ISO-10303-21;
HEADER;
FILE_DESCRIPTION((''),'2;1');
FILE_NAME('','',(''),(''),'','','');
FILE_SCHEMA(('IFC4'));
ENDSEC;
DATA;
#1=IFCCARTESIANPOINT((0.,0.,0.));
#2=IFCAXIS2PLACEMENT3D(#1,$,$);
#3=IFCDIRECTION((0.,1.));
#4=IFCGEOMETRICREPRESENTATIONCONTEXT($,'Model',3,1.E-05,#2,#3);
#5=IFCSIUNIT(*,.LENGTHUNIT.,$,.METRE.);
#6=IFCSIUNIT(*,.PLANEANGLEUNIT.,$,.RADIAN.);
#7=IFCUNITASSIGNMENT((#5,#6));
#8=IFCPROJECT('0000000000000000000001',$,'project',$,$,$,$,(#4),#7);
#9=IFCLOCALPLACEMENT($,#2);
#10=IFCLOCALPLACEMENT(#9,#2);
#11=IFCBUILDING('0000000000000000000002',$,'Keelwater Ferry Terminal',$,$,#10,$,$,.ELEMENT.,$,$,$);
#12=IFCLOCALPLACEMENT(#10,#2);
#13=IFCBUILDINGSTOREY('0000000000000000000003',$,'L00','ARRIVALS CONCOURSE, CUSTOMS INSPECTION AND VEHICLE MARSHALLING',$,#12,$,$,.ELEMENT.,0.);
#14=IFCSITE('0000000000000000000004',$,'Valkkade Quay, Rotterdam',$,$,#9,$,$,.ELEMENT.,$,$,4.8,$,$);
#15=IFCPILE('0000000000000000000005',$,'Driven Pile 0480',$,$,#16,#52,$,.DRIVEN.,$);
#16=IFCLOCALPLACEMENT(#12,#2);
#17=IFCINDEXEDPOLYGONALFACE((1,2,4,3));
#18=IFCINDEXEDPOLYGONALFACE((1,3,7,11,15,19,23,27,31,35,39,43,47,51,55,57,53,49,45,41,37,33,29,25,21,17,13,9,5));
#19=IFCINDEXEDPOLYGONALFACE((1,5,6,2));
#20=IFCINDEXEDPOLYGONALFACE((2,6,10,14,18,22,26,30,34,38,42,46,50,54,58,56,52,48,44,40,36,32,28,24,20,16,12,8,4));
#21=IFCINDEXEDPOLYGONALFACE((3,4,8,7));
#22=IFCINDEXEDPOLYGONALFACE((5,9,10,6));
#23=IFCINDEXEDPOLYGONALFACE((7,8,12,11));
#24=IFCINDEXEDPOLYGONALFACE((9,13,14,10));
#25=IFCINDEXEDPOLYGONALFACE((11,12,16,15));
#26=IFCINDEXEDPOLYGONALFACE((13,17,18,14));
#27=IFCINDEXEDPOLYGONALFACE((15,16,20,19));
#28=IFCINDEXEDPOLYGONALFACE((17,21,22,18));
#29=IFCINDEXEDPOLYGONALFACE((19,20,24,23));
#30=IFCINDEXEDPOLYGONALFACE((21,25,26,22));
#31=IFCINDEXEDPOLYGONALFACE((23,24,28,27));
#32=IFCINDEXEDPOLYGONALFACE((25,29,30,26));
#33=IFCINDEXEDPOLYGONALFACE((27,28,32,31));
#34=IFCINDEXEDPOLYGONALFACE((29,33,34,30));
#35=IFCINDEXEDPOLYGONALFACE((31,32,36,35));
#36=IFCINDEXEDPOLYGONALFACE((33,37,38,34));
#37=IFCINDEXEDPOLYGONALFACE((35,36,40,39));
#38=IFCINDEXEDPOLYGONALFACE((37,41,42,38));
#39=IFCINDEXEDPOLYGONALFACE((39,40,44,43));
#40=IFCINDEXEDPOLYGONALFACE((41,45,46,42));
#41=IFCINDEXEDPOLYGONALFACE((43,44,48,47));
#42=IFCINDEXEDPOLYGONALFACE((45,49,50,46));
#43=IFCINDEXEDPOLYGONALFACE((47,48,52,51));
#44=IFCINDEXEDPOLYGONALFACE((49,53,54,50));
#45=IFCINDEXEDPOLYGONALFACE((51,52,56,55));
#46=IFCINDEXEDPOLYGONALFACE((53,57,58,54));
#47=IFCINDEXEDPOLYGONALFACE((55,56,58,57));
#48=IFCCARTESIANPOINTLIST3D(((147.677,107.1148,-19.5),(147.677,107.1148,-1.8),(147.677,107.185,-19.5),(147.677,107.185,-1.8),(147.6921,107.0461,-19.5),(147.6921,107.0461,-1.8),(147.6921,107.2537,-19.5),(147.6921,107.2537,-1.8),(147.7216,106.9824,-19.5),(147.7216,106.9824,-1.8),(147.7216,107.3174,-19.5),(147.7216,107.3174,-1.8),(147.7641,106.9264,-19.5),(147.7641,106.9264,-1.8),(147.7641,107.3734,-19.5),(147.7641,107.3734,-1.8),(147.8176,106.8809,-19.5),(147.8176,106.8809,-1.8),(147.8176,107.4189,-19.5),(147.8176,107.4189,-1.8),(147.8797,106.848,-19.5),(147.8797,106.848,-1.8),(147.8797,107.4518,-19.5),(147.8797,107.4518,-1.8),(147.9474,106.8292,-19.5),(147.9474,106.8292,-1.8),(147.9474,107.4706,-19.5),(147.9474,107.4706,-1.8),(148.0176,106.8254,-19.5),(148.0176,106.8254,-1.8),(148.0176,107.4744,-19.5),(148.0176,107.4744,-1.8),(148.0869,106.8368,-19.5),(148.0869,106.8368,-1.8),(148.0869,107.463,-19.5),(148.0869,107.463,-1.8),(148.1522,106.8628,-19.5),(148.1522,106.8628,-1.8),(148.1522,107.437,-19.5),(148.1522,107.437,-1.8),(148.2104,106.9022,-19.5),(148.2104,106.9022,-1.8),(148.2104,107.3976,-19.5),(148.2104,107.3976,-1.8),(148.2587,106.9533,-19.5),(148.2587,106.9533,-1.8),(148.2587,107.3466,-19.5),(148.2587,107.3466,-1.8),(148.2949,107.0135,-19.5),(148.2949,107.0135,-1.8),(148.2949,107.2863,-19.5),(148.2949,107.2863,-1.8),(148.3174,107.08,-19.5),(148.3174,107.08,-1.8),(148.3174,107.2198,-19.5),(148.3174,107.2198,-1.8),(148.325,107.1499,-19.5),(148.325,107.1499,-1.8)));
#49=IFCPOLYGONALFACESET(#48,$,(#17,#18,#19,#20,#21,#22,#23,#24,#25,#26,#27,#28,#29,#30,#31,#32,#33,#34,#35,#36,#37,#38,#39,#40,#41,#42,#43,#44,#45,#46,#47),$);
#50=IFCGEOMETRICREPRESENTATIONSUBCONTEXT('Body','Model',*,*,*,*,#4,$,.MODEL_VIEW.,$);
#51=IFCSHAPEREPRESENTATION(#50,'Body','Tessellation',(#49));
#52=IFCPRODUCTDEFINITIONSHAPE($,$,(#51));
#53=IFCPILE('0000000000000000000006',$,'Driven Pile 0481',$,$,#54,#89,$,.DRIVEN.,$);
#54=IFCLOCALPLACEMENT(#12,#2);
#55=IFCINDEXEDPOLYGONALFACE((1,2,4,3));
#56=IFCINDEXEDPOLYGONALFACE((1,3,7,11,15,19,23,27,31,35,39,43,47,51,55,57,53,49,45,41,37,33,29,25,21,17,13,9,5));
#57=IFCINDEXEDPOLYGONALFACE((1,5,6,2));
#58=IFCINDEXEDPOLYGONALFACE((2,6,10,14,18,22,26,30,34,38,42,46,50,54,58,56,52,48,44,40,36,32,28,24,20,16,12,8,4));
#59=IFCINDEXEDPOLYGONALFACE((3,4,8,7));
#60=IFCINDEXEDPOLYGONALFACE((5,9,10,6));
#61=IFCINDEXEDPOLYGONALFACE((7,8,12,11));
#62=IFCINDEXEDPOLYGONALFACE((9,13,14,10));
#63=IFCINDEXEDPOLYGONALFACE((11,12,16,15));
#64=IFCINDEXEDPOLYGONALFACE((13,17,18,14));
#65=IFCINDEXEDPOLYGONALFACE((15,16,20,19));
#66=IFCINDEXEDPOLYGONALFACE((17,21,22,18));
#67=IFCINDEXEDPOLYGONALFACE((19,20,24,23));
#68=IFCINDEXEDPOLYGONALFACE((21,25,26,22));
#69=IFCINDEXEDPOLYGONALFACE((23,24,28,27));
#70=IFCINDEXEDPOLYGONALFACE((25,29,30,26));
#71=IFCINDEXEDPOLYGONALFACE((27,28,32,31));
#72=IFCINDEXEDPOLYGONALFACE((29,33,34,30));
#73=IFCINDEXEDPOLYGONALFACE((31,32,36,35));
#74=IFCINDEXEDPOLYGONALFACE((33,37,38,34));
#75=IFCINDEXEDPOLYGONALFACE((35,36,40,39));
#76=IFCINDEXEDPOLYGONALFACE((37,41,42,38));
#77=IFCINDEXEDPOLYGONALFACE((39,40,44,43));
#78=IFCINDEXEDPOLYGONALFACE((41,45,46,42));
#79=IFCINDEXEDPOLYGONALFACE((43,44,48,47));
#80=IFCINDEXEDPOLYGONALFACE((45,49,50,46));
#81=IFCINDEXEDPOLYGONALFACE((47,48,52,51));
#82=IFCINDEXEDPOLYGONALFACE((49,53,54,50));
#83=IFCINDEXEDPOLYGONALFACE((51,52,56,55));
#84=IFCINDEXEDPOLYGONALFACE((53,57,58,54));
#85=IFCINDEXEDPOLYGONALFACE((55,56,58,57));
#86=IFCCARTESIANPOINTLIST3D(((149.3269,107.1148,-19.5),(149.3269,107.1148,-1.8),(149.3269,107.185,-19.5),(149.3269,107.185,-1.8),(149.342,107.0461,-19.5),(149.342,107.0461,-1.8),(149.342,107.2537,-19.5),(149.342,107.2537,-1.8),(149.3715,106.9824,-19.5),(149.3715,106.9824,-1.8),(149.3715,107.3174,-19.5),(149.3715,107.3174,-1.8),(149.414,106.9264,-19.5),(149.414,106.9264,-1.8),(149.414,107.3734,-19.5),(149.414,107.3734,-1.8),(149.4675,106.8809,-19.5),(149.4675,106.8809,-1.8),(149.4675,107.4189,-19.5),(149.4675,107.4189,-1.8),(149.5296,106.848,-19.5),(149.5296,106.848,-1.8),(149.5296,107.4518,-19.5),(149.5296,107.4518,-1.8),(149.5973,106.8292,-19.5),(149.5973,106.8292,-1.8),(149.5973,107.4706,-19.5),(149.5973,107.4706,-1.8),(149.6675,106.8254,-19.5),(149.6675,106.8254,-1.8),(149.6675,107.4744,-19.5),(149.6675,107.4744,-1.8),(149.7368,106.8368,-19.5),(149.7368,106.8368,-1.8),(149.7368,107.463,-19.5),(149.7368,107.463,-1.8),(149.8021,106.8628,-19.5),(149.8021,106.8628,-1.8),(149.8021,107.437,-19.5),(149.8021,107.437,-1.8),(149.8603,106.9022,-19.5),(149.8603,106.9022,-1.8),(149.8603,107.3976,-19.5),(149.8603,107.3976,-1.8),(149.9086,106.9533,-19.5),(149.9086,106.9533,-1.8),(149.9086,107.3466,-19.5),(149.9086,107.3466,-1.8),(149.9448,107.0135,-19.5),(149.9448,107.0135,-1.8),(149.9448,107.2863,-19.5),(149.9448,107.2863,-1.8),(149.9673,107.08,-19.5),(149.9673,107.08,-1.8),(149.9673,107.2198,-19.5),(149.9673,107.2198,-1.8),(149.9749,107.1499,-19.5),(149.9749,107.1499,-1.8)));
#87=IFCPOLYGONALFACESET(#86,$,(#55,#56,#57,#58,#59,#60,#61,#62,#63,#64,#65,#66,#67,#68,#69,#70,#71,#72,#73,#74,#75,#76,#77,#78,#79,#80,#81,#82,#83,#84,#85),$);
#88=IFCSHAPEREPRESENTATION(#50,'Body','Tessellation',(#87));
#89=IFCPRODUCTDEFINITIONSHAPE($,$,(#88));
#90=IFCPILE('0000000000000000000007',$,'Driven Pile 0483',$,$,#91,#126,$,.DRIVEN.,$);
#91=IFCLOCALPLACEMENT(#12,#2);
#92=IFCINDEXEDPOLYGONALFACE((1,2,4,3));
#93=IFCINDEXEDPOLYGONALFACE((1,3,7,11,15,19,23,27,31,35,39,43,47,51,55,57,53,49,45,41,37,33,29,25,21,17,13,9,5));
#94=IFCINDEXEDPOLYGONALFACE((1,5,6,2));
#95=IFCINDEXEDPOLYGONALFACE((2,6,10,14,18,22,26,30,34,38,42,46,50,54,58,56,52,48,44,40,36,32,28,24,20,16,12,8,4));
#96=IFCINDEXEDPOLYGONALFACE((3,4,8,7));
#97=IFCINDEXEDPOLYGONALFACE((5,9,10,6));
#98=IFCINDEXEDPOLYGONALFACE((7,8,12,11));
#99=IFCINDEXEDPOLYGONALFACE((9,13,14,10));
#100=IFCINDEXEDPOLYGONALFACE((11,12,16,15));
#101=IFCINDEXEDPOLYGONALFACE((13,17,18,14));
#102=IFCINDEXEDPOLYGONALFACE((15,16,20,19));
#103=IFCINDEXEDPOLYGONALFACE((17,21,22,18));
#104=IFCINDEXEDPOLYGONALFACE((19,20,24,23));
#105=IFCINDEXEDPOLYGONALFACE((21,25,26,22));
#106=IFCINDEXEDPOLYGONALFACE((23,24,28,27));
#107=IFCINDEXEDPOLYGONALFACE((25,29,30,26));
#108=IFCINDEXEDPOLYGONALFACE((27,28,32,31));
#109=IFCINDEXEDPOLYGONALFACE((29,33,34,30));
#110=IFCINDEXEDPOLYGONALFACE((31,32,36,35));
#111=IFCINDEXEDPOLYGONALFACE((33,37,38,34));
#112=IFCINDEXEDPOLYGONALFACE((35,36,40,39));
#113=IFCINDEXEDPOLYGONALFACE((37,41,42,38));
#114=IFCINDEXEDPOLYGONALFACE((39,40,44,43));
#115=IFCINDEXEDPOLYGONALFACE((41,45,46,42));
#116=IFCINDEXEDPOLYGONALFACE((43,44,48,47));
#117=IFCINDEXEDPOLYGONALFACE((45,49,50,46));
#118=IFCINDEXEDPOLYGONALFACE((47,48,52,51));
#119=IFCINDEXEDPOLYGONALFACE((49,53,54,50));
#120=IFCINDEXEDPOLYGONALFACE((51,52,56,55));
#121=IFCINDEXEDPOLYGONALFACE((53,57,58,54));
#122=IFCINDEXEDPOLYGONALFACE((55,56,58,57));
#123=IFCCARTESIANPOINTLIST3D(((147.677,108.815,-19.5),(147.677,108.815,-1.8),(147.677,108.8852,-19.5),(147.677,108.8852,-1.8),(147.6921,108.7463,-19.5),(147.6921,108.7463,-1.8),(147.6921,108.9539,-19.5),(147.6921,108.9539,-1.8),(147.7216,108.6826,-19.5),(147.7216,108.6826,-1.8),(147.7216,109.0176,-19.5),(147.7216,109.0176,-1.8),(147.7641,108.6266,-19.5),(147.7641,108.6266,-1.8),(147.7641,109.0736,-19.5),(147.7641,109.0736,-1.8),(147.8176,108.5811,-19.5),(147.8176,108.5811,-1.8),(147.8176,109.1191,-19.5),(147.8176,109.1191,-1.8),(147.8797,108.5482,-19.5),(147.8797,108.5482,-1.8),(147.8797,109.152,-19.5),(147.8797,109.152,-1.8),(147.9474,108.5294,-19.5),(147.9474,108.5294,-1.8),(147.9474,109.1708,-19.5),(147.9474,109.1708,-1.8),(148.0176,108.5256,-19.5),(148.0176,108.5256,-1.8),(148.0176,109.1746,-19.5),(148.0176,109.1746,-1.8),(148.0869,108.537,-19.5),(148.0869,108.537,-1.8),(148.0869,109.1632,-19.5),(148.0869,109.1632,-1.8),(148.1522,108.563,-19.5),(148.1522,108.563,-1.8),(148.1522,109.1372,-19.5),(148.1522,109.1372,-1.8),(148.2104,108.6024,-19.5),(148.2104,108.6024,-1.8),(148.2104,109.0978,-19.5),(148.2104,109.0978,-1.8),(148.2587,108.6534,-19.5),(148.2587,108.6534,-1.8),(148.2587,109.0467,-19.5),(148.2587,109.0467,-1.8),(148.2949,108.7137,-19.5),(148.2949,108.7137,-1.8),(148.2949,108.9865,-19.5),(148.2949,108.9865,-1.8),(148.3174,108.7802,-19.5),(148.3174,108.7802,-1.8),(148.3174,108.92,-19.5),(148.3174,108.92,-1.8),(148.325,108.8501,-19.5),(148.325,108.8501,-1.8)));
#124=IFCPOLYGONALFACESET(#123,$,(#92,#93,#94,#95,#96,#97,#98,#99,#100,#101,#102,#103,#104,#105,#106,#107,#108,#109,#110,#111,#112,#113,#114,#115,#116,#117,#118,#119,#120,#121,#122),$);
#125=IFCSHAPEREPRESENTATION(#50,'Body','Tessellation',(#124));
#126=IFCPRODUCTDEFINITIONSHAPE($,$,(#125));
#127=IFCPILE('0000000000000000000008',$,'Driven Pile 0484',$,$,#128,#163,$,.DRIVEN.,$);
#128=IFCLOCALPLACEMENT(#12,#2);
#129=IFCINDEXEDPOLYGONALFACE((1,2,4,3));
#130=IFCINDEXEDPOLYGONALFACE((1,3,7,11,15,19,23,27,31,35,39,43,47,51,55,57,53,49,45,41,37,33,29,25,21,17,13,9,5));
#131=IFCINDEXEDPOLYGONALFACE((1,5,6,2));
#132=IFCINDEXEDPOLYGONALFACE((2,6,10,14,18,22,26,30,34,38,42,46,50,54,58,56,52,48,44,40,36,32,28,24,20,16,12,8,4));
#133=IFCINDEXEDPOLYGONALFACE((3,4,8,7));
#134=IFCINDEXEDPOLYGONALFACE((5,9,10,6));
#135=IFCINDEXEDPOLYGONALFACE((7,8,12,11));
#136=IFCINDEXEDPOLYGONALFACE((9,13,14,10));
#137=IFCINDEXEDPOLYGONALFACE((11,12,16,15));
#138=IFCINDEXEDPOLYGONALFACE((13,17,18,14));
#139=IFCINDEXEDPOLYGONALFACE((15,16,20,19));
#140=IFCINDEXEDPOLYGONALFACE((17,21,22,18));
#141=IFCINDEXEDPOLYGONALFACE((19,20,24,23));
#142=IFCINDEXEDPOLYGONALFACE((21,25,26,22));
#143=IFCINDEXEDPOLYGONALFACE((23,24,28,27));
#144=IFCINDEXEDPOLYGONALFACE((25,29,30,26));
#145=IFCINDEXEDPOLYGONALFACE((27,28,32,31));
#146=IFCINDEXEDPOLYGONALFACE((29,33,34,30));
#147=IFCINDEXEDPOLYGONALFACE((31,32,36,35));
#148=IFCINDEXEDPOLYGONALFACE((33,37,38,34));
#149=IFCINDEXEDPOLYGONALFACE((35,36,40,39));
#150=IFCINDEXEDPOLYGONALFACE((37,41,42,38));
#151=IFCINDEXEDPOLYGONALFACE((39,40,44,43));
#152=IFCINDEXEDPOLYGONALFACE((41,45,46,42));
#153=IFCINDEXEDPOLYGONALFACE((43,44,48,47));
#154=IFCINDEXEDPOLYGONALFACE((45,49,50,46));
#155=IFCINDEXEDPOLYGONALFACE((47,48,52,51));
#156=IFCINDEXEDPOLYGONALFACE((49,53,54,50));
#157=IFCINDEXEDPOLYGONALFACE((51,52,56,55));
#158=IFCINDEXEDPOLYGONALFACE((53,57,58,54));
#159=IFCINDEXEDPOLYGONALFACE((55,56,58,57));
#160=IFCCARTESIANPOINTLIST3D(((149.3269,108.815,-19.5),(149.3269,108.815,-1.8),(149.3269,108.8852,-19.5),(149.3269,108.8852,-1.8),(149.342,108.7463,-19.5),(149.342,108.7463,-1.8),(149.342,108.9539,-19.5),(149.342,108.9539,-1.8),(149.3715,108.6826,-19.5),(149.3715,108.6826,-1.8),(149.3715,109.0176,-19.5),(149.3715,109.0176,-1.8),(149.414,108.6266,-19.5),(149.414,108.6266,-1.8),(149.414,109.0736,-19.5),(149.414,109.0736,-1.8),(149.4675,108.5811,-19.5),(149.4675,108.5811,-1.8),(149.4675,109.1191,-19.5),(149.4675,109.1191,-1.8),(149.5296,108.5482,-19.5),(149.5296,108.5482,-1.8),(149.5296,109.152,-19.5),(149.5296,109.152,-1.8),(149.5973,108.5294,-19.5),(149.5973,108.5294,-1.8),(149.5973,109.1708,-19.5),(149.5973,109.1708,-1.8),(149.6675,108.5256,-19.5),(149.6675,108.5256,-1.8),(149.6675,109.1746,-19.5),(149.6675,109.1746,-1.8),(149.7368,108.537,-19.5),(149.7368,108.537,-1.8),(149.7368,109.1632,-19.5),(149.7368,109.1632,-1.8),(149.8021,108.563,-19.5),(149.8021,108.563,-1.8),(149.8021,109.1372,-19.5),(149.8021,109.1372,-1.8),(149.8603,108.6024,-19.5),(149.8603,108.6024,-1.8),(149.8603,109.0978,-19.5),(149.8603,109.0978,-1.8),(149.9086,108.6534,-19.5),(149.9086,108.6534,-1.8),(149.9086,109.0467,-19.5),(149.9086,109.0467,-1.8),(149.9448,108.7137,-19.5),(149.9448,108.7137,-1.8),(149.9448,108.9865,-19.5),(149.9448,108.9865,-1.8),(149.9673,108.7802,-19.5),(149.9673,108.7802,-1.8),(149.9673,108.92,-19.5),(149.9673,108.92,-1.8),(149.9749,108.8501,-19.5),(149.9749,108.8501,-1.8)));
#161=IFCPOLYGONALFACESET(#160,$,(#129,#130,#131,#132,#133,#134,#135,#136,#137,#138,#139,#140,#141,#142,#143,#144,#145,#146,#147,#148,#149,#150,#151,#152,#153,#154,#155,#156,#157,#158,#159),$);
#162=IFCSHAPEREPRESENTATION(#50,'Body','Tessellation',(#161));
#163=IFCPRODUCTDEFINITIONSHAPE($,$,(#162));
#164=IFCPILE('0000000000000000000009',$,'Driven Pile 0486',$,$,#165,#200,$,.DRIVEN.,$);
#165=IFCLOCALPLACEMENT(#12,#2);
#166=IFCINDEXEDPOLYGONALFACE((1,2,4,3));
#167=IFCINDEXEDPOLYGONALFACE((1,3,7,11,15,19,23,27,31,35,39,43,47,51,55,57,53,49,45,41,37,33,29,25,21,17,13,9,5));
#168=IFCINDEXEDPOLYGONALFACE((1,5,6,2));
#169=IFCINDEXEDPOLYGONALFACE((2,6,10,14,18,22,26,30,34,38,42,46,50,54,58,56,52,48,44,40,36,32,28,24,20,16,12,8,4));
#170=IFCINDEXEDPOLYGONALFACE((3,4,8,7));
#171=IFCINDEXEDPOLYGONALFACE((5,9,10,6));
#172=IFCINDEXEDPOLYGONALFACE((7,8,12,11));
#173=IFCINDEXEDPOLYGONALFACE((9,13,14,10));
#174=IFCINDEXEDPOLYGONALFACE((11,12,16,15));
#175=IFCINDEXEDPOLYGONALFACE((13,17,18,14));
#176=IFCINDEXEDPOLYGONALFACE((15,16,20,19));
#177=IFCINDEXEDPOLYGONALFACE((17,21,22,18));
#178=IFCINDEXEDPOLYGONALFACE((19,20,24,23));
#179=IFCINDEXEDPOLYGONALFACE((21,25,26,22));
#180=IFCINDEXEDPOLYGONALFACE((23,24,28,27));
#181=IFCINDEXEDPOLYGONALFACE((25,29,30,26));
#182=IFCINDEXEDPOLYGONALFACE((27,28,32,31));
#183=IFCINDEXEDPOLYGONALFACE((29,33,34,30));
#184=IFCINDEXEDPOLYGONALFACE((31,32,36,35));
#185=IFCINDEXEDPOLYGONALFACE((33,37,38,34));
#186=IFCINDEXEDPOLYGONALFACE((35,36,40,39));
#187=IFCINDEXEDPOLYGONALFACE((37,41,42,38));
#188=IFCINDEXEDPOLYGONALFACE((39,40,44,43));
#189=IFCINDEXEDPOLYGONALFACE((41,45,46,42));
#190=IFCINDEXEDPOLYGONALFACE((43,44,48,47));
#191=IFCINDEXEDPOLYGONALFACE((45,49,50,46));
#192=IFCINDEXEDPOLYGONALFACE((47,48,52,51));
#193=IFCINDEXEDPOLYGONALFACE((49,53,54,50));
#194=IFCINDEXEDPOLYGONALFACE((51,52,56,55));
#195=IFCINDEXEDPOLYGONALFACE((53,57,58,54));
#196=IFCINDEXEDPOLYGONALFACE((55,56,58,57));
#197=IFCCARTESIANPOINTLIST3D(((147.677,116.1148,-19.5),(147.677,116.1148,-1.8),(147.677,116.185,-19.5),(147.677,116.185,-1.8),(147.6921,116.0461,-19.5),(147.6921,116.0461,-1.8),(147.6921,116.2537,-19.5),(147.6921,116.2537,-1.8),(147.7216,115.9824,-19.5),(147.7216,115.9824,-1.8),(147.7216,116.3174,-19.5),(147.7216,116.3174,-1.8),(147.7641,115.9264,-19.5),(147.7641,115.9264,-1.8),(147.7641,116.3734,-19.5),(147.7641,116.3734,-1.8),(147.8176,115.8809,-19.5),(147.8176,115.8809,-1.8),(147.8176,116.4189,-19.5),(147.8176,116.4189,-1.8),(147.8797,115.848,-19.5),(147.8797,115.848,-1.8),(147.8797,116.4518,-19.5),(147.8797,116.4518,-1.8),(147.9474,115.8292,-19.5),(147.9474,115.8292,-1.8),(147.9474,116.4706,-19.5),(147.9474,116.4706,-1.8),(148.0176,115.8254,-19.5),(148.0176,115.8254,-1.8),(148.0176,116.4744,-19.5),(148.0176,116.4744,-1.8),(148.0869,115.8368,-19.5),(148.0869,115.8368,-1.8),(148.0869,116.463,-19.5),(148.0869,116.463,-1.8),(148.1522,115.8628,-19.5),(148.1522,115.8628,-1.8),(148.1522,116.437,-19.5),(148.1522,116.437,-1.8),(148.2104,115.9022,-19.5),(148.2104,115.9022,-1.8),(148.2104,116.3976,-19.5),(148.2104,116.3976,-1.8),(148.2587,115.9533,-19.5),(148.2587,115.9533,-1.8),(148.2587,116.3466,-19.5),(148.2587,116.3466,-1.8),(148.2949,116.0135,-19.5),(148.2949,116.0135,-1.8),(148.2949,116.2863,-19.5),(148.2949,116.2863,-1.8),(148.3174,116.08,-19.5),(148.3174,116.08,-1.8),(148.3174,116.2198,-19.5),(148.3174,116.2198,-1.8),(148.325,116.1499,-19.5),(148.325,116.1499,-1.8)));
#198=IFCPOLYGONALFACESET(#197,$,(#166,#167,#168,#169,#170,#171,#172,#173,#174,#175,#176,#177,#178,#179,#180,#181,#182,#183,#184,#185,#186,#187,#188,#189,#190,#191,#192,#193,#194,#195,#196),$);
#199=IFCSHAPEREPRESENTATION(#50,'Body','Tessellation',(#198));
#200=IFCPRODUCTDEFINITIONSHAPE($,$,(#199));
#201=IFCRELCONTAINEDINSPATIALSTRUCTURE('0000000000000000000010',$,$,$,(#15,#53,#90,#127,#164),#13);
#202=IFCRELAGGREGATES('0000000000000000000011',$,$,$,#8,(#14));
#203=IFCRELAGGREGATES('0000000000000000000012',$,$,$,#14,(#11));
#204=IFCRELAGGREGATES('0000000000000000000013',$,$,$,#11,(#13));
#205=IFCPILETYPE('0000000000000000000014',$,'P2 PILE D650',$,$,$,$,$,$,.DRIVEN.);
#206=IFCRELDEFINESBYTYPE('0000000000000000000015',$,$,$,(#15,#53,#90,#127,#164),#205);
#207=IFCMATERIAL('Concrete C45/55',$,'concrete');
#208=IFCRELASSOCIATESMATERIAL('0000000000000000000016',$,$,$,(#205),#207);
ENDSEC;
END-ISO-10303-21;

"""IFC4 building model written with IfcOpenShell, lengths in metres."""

from ifc_helpers import new_model, si_unit, direction, frame, origin, origin_2d, place, context, subcontext, project, spatial, circle, extrude, material, material_profile, profile_set, type_object, element, save


model = new_model("IFC4")

# Units and contexts
model_context = context("Model", 3, precision=1e-05, world=origin(), true_north=direction((0.0, 1.0)))
body_context = subcontext(model_context, "Body", "Model", "MODEL_VIEW")
ifc_project = project(units=[si_unit("LENGTHUNIT", "METRE"), si_unit("PLANEANGLEUNIT", "RADIAN")], contexts=[model_context])

# Site, building, storey
site_placement = place(None, origin())
site = spatial("IfcSite", under=ifc_project, at=site_placement, Name="Valkkade Quay, Rotterdam", CompositionType="ELEMENT", RefElevation=4.8)
building_placement = place(site_placement, origin())
building = spatial("IfcBuilding", under=site, at=building_placement, Name="Keelwater Ferry Terminal", CompositionType="ELEMENT")
storey_placement = place(building_placement, origin())
storey = spatial("IfcBuildingStorey", under=building, at=storey_placement, Name="L00", Description="ARRIVALS CONCOURSE, CUSTOMS INSPECTION AND VEHICLE MARSHALLING", CompositionType="ELEMENT", Elevation=0.0)

# Piles
ifc_material_1 = material(Name="Concrete C45/55", Category="concrete")
ifc_material_profile_1 = material_profile(ifc_material_1, circle(Radius=0.325, at=origin_2d()), Name="PILE D650")
ifc_profile_set_1 = profile_set([ifc_material_profile_1], Name="Concrete C45/55")
pile_type = type_object("IfcPileType", Name="P2 PILE D650", PredefinedType="DRIVEN", material=ifc_profile_set_1)
for number, where, z_axis, x_axis, name in (
    (1, (148.0, 107.1499, -1.8), (0.0, 0.0, -1.0), (1.0, 0.0, 0.0), "Driven Pile 0480"),
    (2, (149.6499, 107.1499, -1.8), (0.0, 0.0, -1.0), (1.0, 0.0, 0.0), "Driven Pile 0481"),
    (3, (148.0, 108.8501, -1.8), (0.0, 0.0, -1.0), (1.0, 0.0, 0.0), "Driven Pile 0483"),
    (4, (149.6499, 108.8501, -1.8), (0.0, 0.0, -1.0), (1.0, 0.0, 0.0), "Driven Pile 0484"),
    (5, (148.0, 116.1499, -1.8), (0.0, 0.0, -1.0), (1.0, 0.0, 0.0), "Driven Pile 0486"),
):
    element("IfcPile", number, at=place(storey_placement, frame(where, z_axis=z_axis, x_axis=x_axis)), inside=storey, type_object=pile_type, Name=name, PredefinedType="DRIVEN", context=body_context, shape_type="SweptSolid", body=[
        extrude(circle(Radius=0.325, at=origin_2d()), origin(), (0.0, 0.0, 1.0), 17.7),
    ])

save(model, "model.ifc")
